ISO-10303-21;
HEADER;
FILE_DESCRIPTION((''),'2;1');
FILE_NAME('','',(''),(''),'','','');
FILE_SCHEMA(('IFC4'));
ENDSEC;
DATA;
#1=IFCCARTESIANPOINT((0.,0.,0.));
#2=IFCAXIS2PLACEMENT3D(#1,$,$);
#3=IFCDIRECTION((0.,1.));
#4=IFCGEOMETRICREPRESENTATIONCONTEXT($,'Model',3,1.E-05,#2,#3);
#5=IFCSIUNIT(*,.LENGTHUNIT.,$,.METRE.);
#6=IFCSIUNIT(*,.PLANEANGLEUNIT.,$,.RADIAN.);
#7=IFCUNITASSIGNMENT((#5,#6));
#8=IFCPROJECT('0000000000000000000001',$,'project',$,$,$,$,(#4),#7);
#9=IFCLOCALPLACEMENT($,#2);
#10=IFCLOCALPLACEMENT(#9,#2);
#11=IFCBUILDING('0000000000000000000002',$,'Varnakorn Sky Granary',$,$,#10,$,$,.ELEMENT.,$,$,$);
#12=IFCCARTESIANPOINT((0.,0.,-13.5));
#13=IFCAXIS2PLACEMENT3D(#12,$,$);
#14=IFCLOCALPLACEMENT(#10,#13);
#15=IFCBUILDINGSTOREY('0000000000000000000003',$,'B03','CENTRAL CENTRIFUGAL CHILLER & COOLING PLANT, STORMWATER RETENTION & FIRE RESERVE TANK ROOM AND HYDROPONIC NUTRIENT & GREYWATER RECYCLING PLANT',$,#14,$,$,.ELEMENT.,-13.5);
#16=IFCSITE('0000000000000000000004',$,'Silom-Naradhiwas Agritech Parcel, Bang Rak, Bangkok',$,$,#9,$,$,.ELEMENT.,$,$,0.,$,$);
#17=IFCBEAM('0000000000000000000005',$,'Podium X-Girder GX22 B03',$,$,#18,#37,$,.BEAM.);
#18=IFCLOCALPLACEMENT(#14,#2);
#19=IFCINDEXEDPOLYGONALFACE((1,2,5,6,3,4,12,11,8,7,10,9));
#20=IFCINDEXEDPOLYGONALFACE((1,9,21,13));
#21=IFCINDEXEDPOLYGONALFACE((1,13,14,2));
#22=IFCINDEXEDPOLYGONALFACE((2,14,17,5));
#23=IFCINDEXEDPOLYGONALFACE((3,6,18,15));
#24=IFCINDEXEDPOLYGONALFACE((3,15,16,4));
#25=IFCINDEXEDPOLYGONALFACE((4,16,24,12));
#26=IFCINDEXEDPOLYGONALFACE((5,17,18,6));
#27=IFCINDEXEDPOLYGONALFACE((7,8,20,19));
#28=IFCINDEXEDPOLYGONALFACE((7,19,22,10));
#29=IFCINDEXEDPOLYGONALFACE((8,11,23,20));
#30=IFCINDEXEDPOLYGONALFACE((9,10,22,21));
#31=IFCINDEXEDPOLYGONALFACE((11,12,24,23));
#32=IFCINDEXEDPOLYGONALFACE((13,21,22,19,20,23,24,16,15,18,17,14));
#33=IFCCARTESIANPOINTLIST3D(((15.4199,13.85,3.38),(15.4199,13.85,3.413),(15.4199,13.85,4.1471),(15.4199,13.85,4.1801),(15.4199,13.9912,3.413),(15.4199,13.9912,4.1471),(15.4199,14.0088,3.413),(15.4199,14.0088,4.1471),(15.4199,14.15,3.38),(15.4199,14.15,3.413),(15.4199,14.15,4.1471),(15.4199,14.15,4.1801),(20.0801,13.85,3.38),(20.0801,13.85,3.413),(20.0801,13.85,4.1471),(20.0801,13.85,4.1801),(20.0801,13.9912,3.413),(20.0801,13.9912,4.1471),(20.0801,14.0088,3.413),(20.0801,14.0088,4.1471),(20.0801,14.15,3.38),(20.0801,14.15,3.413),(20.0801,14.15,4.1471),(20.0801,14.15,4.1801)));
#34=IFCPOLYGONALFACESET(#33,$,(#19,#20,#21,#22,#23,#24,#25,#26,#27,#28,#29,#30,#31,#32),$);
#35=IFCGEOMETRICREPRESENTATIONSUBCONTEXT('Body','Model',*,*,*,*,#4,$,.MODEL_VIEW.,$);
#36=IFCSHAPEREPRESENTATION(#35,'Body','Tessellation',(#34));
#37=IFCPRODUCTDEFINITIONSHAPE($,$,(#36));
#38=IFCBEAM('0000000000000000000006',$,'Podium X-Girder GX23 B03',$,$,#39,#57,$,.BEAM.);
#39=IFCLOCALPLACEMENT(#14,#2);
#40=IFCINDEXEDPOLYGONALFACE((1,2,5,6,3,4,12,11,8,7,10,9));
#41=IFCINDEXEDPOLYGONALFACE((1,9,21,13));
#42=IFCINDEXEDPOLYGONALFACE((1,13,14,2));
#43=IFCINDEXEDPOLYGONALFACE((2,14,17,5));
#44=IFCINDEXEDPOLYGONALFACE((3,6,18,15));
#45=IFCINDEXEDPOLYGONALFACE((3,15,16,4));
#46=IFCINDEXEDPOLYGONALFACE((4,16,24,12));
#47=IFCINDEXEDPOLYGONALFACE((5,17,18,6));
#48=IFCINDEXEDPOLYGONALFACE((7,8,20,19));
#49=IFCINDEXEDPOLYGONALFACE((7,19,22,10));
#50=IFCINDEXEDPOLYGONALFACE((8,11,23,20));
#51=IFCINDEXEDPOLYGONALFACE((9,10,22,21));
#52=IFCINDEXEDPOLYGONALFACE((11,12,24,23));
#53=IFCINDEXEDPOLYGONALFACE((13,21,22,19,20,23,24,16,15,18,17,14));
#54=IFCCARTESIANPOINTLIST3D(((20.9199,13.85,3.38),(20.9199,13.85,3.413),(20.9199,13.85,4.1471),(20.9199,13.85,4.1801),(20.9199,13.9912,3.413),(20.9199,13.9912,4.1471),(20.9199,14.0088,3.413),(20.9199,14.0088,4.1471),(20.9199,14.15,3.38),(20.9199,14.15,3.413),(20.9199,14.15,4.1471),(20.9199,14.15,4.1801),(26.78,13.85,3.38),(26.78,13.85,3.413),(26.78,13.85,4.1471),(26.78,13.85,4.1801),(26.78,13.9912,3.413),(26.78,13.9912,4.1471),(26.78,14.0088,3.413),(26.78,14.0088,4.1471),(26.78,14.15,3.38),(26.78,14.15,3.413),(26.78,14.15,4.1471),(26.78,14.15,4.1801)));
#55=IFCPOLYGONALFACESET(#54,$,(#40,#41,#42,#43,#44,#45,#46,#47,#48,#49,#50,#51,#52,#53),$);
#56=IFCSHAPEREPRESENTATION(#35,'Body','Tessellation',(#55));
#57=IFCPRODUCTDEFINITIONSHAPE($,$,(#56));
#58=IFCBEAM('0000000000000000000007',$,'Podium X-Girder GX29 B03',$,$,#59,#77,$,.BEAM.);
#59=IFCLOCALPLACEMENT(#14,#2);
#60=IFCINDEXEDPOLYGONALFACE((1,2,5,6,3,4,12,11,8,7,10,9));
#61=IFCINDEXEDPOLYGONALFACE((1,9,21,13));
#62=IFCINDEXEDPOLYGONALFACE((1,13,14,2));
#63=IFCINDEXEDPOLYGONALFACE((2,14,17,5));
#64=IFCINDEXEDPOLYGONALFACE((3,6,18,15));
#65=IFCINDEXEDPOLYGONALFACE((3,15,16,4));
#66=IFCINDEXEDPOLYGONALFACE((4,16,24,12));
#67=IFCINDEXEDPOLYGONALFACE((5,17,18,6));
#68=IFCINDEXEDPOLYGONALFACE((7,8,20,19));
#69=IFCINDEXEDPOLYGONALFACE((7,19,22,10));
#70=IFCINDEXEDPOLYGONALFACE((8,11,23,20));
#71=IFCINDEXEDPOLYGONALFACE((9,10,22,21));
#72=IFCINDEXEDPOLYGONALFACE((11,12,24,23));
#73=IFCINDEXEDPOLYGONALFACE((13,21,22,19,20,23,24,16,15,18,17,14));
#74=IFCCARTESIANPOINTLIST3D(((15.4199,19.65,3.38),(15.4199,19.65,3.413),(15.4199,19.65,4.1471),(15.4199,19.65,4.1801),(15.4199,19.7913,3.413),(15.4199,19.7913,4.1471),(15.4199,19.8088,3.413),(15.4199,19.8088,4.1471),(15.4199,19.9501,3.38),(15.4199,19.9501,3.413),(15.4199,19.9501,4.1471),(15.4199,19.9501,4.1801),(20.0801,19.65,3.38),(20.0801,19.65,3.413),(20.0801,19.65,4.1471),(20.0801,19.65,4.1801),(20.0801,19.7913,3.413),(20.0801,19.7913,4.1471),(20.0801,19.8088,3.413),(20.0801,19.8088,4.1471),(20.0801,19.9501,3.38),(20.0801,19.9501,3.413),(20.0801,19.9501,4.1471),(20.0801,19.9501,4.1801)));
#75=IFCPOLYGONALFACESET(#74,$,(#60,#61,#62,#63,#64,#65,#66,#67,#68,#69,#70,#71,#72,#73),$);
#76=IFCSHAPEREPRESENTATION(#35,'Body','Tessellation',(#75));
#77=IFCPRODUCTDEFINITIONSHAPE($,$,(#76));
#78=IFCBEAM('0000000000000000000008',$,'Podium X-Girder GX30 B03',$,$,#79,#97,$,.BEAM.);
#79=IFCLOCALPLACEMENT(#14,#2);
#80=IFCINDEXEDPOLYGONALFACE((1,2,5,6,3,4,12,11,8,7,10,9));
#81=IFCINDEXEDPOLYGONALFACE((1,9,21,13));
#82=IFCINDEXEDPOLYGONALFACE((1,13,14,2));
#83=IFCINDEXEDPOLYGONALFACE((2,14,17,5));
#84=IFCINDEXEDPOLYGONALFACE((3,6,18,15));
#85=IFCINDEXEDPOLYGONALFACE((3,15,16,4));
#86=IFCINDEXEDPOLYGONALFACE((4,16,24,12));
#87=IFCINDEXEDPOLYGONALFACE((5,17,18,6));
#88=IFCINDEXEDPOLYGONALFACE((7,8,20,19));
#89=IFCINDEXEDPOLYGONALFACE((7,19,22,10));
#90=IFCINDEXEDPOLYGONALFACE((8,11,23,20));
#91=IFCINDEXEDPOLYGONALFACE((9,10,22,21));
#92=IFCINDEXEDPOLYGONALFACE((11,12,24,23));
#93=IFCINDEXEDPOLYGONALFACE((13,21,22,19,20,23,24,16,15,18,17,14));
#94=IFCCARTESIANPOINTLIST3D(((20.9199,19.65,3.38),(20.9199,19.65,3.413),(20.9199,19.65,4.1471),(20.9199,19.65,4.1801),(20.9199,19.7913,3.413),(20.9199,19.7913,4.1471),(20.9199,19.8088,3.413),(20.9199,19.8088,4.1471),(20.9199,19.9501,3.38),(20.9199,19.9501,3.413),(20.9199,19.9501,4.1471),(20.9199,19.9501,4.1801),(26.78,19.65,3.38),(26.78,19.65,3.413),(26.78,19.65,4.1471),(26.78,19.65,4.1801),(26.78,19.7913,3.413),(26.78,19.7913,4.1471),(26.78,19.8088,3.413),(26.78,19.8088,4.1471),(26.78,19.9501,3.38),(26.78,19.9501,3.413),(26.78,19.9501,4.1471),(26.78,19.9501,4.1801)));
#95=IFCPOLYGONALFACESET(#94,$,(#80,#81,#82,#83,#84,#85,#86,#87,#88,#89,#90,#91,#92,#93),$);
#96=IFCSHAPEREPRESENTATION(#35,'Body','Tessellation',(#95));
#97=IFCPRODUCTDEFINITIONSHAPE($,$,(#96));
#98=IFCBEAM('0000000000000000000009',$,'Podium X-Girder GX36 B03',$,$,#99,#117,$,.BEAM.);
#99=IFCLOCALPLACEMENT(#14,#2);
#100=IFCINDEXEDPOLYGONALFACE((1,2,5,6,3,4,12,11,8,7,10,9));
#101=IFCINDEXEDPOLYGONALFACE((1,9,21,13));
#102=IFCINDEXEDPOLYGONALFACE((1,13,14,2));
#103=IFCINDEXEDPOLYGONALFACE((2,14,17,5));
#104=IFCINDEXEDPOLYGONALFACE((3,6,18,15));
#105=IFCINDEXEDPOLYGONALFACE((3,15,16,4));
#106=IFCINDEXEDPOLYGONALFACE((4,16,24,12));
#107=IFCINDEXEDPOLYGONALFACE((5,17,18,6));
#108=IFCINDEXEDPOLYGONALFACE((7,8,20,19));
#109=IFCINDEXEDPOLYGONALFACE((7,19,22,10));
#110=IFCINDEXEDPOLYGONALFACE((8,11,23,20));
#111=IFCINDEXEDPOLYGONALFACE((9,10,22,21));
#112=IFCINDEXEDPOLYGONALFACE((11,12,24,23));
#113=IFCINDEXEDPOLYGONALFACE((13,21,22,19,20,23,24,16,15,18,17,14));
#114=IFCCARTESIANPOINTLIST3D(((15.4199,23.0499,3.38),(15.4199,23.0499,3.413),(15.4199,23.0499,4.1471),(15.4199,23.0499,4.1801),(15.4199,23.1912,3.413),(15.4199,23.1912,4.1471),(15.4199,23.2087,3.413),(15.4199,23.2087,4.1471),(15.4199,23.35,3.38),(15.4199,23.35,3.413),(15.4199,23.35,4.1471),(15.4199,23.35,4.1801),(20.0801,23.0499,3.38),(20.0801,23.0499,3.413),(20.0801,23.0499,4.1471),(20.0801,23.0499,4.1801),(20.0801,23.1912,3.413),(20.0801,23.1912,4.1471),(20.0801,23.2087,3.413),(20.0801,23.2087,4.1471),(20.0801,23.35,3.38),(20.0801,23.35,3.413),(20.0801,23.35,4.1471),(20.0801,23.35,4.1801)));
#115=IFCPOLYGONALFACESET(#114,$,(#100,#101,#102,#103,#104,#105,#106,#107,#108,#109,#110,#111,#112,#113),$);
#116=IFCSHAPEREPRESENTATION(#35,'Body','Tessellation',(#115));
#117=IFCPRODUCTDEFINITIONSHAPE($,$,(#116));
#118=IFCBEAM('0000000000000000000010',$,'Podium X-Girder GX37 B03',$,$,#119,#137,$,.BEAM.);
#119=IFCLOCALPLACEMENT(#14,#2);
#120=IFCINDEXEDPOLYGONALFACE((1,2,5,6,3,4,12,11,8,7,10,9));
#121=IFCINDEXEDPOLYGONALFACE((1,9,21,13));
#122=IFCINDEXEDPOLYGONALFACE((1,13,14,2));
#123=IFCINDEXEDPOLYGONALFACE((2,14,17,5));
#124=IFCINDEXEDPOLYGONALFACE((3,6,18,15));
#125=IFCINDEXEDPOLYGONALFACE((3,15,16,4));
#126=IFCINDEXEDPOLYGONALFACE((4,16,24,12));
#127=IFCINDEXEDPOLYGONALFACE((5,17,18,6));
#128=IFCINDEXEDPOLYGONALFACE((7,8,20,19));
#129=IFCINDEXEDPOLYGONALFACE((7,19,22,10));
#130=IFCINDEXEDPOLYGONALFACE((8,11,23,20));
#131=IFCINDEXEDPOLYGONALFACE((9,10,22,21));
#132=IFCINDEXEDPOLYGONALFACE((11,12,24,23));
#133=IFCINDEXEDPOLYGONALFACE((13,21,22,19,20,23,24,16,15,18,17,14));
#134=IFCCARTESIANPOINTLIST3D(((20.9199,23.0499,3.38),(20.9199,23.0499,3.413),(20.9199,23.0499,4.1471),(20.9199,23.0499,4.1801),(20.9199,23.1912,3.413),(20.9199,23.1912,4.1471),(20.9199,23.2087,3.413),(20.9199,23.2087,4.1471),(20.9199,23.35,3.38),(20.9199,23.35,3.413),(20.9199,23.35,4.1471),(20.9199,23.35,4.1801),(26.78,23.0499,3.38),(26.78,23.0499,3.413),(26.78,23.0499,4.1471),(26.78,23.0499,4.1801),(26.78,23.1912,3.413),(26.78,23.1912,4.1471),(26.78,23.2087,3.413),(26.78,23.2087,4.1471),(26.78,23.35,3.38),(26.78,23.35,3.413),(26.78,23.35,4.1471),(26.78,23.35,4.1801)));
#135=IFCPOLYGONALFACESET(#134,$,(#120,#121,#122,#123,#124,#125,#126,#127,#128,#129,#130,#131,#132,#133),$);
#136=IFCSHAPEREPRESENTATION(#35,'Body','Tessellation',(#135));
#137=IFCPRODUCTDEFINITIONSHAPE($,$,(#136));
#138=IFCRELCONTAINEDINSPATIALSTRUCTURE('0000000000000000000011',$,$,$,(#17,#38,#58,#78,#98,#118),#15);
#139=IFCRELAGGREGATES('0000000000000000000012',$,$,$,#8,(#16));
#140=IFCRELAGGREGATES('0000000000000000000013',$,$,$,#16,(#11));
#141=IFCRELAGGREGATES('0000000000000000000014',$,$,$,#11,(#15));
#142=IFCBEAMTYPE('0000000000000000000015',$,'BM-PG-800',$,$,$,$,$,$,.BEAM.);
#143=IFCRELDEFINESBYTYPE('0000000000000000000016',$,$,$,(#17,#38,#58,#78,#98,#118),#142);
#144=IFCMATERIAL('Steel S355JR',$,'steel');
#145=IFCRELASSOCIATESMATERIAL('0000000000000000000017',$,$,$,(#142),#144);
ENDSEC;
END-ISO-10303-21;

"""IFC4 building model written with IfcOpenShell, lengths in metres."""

from ifc_helpers import new_model, si_unit, direction, frame, origin, origin_2d, place, context, subcontext, project, spatial, i_section, extrude, material, material_profile, profile_set, type_object, element, save


model = new_model("IFC4")

# Units and contexts
model_context = context("Model", 3, precision=1e-05, world=origin(), true_north=direction((0.0, 1.0)))
body_context = subcontext(model_context, "Body", "Model", "MODEL_VIEW")
ifc_project = project(units=[si_unit("LENGTHUNIT", "METRE"), si_unit("PLANEANGLEUNIT", "RADIAN")], contexts=[model_context])

# Site, building, storey
site_placement = place(None, origin())
site = spatial("IfcSite", under=ifc_project, at=site_placement, Name="Silom-Naradhiwas Agritech Parcel, Bang Rak, Bangkok", CompositionType="ELEMENT", RefElevation=0.0)
building_placement = place(site_placement, origin())
building = spatial("IfcBuilding", under=site, at=building_placement, Name="Varnakorn Sky Granary", CompositionType="ELEMENT")
storey_placement = place(building_placement, frame((0.0, 0.0, -13.5)))
storey = spatial("IfcBuildingStorey", under=building, at=storey_placement, Name="B03", Description="CENTRAL CENTRIFUGAL CHILLER & COOLING PLANT, STORMWATER RETENTION & FIRE RESERVE TANK ROOM AND HYDROPONIC NUTRIENT & GREYWATER RECYCLING PLANT", CompositionType="ELEMENT", Elevation=-13.5)

# Beams
ifc_material_1 = material(Name="Steel S355JR", Category="steel")
ifc_material_profile_1 = material_profile(ifc_material_1, i_section(OverallWidth=0.3, OverallDepth=0.8, WebThickness=0.0176, FlangeThickness=0.033, at=origin_2d()), Name="HE 800 B")
ifc_profile_set_1 = profile_set([ifc_material_profile_1], Name="Steel S355JR")
beam_type_1 = type_object("IfcBeamType", Name="BM-PG-800", PredefinedType="BEAM", material=ifc_profile_set_1)
beam_1_placement = place(storey_placement, frame((15.4199, 14.0, 3.78), z_axis=(1.0, 0.0, 0.0), x_axis=(0.0, 1.0, 0.0)))
element("IfcBeam", 1, at=beam_1_placement, inside=storey, type_object=beam_type_1, Name="Podium X-Girder GX22 B03", PredefinedType="BEAM", context=body_context, shape_type="SweptSolid", body=[
    extrude(i_section(OverallWidth=0.3, OverallDepth=0.8, WebThickness=0.0176, FlangeThickness=0.033, at=origin_2d()), origin(), (0.0, 0.0, 1.0), 4.6602),
])
beam_2_placement = place(storey_placement, frame((20.9199, 14.0, 3.78), z_axis=(1.0, 0.0, 0.0), x_axis=(0.0, 1.0, 0.0)))
element("IfcBeam", 2, at=beam_2_placement, inside=storey, type_object=beam_type_1, Name="Podium X-Girder GX23 B03", PredefinedType="BEAM", context=body_context, shape_type="SweptSolid", body=[
    extrude(i_section(OverallWidth=0.3, OverallDepth=0.8, WebThickness=0.0176, FlangeThickness=0.033, at=origin_2d()), origin(), (0.0, 0.0, 1.0), 5.8601),
])
beam_3_placement = place(storey_placement, frame((15.4199, 19.8, 3.78), z_axis=(1.0, 0.0, 0.0), x_axis=(0.0, 1.0, 0.0)))
element("IfcBeam", 3, at=beam_3_placement, inside=storey, type_object=beam_type_1, Name="Podium X-Girder GX29 B03", PredefinedType="BEAM", context=body_context, shape_type="SweptSolid", body=[
    extrude(i_section(OverallWidth=0.3, OverallDepth=0.8, WebThickness=0.0176, FlangeThickness=0.033, at=origin_2d()), origin(), (0.0, 0.0, 1.0), 4.6602),
])
beam_4_placement = place(storey_placement, frame((20.9199, 19.8, 3.78), z_axis=(1.0, 0.0, 0.0), x_axis=(0.0, 1.0, 0.0)))
element("IfcBeam", 4, at=beam_4_placement, inside=storey, type_object=beam_type_1, Name="Podium X-Girder GX30 B03", PredefinedType="BEAM", context=body_context, shape_type="SweptSolid", body=[
    extrude(i_section(OverallWidth=0.3, OverallDepth=0.8, WebThickness=0.0176, FlangeThickness=0.033, at=origin_2d()), origin(), (0.0, 0.0, 1.0), 5.8601),
])
beam_5_placement = place(storey_placement, frame((15.4199, 23.2, 3.78), z_axis=(1.0, 0.0, 0.0), x_axis=(0.0, 1.0, 0.0)))
element("IfcBeam", 5, at=beam_5_placement, inside=storey, type_object=beam_type_1, Name="Podium X-Girder GX36 B03", PredefinedType="BEAM", context=body_context, shape_type="SweptSolid", body=[
    extrude(i_section(OverallWidth=0.3, OverallDepth=0.8, WebThickness=0.0176, FlangeThickness=0.033, at=origin_2d()), origin(), (0.0, 0.0, 1.0), 4.6602),
])
beam_6_placement = place(storey_placement, frame((20.9199, 23.2, 3.78), z_axis=(1.0, 0.0, 0.0), x_axis=(0.0, 1.0, 0.0)))
element("IfcBeam", 6, at=beam_6_placement, inside=storey, type_object=beam_type_1, Name="Podium X-Girder GX37 B03", PredefinedType="BEAM", context=body_context, shape_type="SweptSolid", body=[
    extrude(i_section(OverallWidth=0.3, OverallDepth=0.8, WebThickness=0.0176, FlangeThickness=0.033, at=origin_2d()), origin(), (0.0, 0.0, 1.0), 5.8601),
])

save(model, "model.ifc")
